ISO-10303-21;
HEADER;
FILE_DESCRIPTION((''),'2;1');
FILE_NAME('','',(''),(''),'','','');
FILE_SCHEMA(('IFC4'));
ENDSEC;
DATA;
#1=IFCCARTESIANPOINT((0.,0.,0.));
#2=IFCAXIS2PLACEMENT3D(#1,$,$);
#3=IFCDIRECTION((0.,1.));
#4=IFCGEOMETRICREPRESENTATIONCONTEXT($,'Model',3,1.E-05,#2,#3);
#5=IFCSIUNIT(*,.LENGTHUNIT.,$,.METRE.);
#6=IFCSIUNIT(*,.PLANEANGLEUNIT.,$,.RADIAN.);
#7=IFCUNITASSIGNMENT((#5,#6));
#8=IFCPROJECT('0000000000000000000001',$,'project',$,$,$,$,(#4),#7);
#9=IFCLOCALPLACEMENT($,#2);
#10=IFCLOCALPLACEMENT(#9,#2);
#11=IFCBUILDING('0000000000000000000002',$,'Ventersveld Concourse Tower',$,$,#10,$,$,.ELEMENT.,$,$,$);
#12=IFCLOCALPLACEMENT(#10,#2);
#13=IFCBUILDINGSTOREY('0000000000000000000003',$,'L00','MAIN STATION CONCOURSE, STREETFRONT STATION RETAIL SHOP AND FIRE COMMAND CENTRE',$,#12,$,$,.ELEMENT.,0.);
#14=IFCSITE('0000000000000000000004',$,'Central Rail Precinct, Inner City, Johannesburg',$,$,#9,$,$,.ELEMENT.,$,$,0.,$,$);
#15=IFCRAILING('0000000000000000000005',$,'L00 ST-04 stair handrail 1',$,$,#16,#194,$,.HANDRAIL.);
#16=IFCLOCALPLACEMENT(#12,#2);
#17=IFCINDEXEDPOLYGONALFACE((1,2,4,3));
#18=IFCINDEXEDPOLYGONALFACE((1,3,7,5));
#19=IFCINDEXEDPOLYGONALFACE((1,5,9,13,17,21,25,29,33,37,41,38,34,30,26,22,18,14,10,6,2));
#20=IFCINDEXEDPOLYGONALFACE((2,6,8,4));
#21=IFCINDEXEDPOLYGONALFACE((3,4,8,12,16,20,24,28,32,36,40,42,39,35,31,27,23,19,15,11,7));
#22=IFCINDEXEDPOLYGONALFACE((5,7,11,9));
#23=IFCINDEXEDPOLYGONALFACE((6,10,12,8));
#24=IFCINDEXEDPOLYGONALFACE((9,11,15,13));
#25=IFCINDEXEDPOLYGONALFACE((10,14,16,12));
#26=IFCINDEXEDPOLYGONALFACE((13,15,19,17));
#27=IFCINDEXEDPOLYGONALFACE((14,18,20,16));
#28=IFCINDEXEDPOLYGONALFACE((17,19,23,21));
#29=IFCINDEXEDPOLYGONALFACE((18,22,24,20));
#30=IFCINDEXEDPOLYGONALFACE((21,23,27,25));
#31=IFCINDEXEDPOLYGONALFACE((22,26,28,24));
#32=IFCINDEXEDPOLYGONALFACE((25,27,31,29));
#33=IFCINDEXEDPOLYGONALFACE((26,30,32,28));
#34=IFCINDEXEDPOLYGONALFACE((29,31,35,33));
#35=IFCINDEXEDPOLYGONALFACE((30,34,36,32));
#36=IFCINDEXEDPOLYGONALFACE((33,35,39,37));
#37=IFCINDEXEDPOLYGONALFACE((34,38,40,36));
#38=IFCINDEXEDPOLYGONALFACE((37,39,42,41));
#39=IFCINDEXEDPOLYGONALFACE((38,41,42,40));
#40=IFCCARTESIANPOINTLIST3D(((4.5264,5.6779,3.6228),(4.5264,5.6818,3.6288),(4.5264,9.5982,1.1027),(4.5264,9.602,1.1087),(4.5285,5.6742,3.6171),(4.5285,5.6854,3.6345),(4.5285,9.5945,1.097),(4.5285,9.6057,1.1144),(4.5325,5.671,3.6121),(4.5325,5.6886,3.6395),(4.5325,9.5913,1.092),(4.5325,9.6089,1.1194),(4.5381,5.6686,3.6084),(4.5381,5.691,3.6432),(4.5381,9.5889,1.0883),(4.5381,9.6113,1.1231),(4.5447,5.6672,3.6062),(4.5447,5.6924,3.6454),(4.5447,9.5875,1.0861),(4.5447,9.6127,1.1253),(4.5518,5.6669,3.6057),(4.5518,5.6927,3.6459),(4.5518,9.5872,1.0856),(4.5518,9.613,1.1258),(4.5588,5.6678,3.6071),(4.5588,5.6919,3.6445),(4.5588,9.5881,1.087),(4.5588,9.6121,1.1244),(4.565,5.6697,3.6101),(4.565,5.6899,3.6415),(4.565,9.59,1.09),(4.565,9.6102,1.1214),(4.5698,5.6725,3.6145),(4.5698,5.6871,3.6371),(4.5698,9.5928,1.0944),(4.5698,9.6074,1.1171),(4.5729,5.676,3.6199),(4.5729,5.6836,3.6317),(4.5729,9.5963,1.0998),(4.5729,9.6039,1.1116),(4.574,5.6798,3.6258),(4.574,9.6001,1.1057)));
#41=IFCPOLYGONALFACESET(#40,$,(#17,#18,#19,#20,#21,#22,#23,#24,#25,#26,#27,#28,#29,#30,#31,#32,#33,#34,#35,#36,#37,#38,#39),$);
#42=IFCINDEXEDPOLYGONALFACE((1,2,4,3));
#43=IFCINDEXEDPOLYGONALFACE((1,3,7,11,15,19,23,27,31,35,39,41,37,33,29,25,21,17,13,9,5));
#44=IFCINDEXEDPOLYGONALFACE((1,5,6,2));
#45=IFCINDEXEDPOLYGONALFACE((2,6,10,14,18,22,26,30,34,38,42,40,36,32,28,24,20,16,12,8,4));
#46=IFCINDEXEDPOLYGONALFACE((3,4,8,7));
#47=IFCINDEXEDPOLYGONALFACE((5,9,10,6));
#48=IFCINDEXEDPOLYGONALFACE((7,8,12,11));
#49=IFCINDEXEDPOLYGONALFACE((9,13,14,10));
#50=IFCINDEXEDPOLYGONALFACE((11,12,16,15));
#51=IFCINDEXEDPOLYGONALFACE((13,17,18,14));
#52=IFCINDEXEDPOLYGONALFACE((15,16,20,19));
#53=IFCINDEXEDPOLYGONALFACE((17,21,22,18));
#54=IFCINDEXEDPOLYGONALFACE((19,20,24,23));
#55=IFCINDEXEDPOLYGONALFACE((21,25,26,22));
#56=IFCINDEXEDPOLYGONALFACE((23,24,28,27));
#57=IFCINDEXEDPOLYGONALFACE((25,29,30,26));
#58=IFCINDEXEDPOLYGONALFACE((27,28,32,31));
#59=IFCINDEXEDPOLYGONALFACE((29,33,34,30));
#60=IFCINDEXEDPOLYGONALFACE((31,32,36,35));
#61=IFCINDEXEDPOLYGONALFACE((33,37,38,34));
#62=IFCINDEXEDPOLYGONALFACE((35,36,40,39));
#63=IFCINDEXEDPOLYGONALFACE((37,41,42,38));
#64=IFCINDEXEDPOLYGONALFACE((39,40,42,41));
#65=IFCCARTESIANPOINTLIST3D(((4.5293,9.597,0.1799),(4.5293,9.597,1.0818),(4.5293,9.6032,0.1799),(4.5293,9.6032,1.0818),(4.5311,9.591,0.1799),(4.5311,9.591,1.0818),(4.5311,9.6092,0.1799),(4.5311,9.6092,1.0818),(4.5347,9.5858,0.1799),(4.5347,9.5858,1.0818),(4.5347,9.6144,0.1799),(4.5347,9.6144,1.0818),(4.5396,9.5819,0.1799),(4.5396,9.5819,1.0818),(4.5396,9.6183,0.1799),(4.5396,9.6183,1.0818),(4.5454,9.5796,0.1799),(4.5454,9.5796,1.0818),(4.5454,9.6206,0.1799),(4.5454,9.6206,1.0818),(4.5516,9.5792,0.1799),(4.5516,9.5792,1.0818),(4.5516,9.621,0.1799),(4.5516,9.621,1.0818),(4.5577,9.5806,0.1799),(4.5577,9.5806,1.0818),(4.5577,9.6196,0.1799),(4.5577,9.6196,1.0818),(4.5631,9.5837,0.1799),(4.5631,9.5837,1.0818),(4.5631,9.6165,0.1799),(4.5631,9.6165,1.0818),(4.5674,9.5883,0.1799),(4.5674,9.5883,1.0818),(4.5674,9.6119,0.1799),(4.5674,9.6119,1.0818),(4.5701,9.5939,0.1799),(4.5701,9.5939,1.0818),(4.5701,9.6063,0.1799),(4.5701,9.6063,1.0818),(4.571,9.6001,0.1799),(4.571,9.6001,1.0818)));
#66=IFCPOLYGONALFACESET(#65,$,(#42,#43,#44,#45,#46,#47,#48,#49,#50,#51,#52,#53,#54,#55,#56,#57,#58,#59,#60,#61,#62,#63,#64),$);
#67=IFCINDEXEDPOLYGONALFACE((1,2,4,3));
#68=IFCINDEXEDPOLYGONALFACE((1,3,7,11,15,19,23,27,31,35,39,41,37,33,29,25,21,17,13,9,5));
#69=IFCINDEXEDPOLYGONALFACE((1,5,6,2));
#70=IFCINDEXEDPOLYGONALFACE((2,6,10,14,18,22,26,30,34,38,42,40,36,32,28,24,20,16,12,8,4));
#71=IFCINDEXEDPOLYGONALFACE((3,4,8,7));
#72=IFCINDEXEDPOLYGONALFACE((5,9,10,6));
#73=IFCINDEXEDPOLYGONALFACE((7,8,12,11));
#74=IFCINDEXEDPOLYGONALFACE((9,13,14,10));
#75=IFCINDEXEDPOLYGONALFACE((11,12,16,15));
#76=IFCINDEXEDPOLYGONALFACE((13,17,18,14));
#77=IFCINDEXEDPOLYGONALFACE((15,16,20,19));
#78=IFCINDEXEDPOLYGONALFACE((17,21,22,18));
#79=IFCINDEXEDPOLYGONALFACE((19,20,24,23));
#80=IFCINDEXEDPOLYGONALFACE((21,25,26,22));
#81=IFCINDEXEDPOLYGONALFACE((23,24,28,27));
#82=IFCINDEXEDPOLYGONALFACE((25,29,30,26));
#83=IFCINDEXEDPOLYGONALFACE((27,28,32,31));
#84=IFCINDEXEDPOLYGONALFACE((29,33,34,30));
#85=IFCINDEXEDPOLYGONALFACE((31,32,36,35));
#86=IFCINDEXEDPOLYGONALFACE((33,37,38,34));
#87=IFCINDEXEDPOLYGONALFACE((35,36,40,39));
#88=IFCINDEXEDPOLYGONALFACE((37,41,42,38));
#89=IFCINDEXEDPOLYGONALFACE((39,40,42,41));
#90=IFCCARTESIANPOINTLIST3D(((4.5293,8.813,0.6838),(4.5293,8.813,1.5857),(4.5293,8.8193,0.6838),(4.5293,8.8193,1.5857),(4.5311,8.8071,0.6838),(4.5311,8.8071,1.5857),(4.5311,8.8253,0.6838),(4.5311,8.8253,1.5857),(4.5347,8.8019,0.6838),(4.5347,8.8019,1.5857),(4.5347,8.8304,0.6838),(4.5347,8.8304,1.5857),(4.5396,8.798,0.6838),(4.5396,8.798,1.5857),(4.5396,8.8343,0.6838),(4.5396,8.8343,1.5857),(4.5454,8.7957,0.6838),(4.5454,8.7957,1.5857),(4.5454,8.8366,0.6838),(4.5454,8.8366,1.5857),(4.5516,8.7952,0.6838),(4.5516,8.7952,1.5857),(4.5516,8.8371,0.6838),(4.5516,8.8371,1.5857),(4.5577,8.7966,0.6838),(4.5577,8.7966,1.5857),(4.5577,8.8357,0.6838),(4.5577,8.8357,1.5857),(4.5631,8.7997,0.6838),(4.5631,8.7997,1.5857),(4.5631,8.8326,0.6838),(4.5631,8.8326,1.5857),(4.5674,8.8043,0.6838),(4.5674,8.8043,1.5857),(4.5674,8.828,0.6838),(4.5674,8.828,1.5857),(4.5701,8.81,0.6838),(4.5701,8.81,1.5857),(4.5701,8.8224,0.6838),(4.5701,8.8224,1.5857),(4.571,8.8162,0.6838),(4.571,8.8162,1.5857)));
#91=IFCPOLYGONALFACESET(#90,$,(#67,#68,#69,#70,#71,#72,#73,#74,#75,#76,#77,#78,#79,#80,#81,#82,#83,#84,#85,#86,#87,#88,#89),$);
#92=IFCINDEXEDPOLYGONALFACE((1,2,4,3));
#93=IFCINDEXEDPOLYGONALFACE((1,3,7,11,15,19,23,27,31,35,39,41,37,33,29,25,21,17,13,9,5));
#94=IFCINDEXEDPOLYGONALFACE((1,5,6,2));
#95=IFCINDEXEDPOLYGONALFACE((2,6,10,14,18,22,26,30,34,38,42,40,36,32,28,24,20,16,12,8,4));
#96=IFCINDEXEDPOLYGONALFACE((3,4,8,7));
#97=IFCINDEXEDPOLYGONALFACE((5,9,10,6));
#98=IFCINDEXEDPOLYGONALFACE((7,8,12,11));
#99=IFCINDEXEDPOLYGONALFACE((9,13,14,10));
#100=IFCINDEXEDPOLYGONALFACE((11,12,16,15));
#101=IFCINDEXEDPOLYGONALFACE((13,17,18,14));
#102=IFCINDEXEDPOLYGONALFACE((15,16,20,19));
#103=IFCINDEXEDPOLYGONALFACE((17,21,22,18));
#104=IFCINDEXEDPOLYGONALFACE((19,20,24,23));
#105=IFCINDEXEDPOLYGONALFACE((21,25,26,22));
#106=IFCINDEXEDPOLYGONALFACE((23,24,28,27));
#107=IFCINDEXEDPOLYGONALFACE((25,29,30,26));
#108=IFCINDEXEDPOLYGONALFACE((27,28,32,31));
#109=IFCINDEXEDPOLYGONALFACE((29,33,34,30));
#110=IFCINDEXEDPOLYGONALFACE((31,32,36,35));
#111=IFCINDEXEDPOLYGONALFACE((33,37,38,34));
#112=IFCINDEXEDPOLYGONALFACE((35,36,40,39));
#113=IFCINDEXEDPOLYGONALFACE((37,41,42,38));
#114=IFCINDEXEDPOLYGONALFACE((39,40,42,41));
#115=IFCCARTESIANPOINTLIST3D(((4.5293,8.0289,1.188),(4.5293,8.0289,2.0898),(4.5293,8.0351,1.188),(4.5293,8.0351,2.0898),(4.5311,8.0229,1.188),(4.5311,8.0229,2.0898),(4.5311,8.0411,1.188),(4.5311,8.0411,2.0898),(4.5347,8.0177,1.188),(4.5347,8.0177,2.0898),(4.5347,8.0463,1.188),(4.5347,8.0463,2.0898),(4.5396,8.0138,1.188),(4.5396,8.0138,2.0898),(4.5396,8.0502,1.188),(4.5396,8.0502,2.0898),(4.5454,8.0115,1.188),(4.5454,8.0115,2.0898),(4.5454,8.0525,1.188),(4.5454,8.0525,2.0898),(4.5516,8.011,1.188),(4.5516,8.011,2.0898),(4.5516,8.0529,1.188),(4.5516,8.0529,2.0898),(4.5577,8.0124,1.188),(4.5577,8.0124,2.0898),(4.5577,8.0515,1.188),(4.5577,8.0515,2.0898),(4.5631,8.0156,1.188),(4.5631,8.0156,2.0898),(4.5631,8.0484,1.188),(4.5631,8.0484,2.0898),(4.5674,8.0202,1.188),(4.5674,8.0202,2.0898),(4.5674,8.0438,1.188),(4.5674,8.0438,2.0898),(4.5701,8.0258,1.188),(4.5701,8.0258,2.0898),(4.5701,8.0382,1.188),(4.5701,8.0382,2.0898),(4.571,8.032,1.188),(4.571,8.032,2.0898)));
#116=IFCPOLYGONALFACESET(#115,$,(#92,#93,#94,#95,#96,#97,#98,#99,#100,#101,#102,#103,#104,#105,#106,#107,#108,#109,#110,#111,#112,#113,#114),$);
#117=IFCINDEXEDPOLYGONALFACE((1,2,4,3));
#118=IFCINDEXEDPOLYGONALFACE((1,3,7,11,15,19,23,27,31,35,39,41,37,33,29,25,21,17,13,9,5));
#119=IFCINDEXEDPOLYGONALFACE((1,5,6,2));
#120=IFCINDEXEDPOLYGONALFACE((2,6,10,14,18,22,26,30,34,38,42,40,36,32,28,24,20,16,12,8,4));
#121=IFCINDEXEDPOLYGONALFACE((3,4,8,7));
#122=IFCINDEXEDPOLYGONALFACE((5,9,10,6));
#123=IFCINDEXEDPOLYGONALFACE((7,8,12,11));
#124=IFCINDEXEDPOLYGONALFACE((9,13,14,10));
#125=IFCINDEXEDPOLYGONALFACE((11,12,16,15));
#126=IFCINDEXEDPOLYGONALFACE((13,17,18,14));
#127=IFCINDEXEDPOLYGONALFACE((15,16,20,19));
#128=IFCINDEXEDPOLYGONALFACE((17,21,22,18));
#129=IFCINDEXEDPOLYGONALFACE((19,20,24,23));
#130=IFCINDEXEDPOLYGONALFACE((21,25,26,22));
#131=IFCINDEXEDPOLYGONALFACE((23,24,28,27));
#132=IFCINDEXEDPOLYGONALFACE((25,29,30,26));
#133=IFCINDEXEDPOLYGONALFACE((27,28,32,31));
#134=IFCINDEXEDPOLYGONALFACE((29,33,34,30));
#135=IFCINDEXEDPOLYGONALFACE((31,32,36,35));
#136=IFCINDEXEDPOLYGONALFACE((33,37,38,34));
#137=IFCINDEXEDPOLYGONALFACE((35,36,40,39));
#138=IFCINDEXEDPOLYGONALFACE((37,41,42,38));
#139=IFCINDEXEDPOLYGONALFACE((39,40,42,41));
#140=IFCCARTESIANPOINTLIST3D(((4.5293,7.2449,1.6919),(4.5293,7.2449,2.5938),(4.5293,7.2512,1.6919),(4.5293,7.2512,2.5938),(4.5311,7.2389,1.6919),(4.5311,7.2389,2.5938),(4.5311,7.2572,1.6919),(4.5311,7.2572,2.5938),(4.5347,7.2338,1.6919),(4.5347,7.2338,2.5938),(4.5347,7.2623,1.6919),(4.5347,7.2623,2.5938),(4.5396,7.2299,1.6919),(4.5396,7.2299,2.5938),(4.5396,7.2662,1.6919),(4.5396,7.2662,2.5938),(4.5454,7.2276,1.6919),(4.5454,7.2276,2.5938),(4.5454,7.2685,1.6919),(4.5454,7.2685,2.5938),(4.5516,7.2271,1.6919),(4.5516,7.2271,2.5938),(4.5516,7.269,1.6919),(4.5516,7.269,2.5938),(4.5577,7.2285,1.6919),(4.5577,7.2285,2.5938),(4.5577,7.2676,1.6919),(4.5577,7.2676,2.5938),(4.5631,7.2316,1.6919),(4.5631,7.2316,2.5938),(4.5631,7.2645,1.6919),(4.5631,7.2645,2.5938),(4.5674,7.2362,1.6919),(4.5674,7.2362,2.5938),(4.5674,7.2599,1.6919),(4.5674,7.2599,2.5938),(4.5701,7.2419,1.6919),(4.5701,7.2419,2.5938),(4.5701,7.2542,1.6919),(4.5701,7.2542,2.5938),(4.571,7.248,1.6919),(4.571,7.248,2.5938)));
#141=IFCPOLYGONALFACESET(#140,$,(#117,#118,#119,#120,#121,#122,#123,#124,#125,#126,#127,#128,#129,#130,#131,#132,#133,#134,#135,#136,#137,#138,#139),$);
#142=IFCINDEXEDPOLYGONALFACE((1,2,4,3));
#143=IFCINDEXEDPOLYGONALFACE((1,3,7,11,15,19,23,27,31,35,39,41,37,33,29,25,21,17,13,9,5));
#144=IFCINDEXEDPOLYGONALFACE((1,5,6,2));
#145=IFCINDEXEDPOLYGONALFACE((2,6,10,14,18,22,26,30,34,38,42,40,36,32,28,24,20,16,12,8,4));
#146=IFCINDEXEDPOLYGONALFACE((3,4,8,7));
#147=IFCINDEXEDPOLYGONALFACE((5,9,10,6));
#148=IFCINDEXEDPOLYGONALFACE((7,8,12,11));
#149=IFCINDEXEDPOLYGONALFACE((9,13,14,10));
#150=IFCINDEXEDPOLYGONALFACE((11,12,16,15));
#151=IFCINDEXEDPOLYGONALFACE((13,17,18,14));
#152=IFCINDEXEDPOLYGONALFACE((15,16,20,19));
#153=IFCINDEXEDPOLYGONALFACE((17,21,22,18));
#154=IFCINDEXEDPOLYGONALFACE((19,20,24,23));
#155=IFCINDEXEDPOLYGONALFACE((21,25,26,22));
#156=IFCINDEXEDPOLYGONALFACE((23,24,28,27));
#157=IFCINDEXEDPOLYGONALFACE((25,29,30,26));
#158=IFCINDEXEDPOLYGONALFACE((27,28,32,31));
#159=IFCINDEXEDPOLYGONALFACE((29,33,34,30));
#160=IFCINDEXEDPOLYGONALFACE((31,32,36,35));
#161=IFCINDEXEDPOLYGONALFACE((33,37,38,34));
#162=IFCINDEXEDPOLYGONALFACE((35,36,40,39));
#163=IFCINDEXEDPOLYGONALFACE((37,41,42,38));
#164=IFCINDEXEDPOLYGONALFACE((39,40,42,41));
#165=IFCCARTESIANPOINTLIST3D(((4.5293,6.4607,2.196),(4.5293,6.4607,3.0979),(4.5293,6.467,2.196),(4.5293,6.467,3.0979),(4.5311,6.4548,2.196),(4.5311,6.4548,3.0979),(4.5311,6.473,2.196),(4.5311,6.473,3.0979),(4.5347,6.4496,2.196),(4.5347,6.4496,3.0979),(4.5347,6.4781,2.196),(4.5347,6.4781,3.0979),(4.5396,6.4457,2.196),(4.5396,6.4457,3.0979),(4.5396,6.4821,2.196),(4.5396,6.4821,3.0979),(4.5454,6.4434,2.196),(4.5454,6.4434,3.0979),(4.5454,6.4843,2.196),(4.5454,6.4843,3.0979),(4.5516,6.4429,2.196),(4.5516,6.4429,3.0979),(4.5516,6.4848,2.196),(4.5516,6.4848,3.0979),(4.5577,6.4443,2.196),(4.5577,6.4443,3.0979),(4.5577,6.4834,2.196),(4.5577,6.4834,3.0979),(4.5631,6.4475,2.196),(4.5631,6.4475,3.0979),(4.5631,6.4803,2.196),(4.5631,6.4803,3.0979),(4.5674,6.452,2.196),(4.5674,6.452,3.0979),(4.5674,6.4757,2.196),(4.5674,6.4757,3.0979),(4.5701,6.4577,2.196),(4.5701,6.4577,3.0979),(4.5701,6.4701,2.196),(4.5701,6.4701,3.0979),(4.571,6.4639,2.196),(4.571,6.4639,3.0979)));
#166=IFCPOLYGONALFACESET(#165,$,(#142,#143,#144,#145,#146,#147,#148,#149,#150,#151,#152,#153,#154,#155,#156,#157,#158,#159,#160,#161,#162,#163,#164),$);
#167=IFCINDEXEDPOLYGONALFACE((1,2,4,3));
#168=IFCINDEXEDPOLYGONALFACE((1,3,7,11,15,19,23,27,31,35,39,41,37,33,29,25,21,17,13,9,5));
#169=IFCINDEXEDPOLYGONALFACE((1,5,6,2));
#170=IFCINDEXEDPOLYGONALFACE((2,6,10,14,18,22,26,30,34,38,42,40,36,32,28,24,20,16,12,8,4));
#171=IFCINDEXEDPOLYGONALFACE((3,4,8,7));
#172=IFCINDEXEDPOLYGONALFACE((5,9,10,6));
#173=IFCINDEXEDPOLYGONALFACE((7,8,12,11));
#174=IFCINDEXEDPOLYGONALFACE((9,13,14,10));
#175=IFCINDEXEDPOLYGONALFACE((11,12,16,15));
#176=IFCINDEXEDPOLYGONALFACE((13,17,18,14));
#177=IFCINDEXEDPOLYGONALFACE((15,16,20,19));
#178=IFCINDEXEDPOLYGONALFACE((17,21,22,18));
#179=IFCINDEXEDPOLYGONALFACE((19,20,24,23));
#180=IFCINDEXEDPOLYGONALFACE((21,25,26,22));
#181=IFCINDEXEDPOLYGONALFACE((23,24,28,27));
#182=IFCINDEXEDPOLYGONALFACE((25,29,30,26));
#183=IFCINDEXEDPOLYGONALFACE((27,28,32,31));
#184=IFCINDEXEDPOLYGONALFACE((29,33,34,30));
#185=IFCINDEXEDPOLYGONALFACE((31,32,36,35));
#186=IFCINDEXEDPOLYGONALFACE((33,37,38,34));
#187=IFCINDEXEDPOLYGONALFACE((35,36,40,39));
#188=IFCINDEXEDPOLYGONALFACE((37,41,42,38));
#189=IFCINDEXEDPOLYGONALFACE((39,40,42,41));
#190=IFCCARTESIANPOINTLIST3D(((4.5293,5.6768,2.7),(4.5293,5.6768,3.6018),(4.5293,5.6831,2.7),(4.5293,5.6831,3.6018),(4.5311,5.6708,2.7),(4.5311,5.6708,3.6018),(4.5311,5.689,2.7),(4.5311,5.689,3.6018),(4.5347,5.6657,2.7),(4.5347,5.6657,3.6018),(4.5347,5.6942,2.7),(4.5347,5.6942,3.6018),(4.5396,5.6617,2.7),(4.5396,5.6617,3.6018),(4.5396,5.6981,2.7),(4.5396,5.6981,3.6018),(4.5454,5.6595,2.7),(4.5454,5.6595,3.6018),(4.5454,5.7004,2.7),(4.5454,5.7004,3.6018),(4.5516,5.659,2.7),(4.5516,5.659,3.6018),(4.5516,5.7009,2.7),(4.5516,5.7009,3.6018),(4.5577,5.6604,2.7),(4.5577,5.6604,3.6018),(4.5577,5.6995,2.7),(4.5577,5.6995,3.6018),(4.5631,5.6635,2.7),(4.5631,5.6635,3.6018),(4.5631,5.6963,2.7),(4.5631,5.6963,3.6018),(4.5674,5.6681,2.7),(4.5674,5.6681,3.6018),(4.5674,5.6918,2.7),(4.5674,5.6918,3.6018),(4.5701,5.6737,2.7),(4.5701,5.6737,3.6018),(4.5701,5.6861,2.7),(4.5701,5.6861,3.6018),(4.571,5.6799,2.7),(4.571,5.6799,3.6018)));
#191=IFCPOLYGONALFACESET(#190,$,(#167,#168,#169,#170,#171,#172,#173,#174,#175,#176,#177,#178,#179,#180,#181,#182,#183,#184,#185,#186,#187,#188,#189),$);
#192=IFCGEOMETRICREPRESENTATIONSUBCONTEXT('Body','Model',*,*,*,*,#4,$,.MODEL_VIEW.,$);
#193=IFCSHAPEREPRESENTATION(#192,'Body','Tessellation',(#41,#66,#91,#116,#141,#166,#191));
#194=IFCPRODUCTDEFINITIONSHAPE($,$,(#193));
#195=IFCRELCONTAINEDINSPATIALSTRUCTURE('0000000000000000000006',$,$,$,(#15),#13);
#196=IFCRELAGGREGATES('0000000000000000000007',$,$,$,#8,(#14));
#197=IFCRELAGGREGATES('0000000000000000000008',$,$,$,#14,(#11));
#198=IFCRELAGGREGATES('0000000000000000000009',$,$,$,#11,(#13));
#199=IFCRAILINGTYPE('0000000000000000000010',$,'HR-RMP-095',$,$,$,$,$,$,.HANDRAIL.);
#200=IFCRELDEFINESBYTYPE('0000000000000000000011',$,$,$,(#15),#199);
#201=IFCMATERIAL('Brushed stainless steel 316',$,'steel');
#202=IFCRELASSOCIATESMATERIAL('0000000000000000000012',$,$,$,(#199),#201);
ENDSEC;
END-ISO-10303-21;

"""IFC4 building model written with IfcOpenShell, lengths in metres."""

from ifc_helpers import new_model, si_unit, direction, frame, origin, origin_2d, place, context, subcontext, project, spatial, circle, extrude, material, type_object, element, save


model = new_model("IFC4")

# Units and contexts
model_context = context("Model", 3, precision=1e-05, world=origin(), true_north=direction((0.0, 1.0)))
body_context = subcontext(model_context, "Body", "Model", "MODEL_VIEW")
ifc_project = project(units=[si_unit("LENGTHUNIT", "METRE"), si_unit("PLANEANGLEUNIT", "RADIAN")], contexts=[model_context])

# Site, building, storey
site_placement = place(None, origin())
site = spatial("IfcSite", under=ifc_project, at=site_placement, Name="Central Rail Precinct, Inner City, Johannesburg", CompositionType="ELEMENT", RefElevation=0.0)
building_placement = place(site_placement, origin())
building = spatial("IfcBuilding", under=site, at=building_placement, Name="Ventersveld Concourse Tower", CompositionType="ELEMENT")
storey_placement = place(building_placement, origin())
storey = spatial("IfcBuildingStorey", under=building, at=storey_placement, Name="L00", Description="MAIN STATION CONCOURSE, STREETFRONT STATION RETAIL SHOP AND FIRE COMMAND CENTRE", CompositionType="ELEMENT", Elevation=0.0)

# Shared definitions
ifc_material_1 = material(Name="Brushed stainless steel 316", Category="steel")

# Railing
railing_type_1 = type_object("IfcRailingType", Name="HR-RMP-095", PredefinedType="HANDRAIL", material=ifc_material_1)
railing_1_placement = place(storey_placement, frame((4.55, 9.6001, 0.1799)))
element("IfcRailing", 1, at=railing_1_placement, inside=storey, type_object=railing_type_1, Name="L00 ST-04 stair handrail 1", PredefinedType="HANDRAIL", context=body_context, shape_type="SweptSolid", body=[
    extrude(circle(Radius=0.0239, at=origin_2d()), frame((0.0, 0.0, 0.9258), z_axis=(0.0, -0.841187, 0.540744), x_axis=(1.0, 0.0, 0.0)), (0.0, 0.0, 1.0), 4.6604),
    extrude(circle(Radius=0.021, at=origin_2d()), origin(), (0.0, 0.0, 1.0), 0.9019),
    extrude(circle(Radius=0.021, at=origin_2d()), frame((0.0, -0.7839, 0.5039)), (0.0, 0.0, 1.0), 0.9019),
    extrude(circle(Radius=0.021, at=origin_2d()), frame((0.0, -1.5681, 1.0081)), (0.0, 0.0, 1.0), 0.9019),
    extrude(circle(Radius=0.021, at=origin_2d()), frame((0.0, -2.3521, 1.512)), (0.0, 0.0, 1.0), 0.9019),
    extrude(circle(Radius=0.021, at=origin_2d()), frame((0.0, -3.1362, 2.0161)), (0.0, 0.0, 1.0), 0.9019),
    extrude(circle(Radius=0.021, at=origin_2d()), frame((0.0, -3.9202, 2.52)), (0.0, 0.0, 1.0), 0.9019),
])

save(model, "model.ifc")
